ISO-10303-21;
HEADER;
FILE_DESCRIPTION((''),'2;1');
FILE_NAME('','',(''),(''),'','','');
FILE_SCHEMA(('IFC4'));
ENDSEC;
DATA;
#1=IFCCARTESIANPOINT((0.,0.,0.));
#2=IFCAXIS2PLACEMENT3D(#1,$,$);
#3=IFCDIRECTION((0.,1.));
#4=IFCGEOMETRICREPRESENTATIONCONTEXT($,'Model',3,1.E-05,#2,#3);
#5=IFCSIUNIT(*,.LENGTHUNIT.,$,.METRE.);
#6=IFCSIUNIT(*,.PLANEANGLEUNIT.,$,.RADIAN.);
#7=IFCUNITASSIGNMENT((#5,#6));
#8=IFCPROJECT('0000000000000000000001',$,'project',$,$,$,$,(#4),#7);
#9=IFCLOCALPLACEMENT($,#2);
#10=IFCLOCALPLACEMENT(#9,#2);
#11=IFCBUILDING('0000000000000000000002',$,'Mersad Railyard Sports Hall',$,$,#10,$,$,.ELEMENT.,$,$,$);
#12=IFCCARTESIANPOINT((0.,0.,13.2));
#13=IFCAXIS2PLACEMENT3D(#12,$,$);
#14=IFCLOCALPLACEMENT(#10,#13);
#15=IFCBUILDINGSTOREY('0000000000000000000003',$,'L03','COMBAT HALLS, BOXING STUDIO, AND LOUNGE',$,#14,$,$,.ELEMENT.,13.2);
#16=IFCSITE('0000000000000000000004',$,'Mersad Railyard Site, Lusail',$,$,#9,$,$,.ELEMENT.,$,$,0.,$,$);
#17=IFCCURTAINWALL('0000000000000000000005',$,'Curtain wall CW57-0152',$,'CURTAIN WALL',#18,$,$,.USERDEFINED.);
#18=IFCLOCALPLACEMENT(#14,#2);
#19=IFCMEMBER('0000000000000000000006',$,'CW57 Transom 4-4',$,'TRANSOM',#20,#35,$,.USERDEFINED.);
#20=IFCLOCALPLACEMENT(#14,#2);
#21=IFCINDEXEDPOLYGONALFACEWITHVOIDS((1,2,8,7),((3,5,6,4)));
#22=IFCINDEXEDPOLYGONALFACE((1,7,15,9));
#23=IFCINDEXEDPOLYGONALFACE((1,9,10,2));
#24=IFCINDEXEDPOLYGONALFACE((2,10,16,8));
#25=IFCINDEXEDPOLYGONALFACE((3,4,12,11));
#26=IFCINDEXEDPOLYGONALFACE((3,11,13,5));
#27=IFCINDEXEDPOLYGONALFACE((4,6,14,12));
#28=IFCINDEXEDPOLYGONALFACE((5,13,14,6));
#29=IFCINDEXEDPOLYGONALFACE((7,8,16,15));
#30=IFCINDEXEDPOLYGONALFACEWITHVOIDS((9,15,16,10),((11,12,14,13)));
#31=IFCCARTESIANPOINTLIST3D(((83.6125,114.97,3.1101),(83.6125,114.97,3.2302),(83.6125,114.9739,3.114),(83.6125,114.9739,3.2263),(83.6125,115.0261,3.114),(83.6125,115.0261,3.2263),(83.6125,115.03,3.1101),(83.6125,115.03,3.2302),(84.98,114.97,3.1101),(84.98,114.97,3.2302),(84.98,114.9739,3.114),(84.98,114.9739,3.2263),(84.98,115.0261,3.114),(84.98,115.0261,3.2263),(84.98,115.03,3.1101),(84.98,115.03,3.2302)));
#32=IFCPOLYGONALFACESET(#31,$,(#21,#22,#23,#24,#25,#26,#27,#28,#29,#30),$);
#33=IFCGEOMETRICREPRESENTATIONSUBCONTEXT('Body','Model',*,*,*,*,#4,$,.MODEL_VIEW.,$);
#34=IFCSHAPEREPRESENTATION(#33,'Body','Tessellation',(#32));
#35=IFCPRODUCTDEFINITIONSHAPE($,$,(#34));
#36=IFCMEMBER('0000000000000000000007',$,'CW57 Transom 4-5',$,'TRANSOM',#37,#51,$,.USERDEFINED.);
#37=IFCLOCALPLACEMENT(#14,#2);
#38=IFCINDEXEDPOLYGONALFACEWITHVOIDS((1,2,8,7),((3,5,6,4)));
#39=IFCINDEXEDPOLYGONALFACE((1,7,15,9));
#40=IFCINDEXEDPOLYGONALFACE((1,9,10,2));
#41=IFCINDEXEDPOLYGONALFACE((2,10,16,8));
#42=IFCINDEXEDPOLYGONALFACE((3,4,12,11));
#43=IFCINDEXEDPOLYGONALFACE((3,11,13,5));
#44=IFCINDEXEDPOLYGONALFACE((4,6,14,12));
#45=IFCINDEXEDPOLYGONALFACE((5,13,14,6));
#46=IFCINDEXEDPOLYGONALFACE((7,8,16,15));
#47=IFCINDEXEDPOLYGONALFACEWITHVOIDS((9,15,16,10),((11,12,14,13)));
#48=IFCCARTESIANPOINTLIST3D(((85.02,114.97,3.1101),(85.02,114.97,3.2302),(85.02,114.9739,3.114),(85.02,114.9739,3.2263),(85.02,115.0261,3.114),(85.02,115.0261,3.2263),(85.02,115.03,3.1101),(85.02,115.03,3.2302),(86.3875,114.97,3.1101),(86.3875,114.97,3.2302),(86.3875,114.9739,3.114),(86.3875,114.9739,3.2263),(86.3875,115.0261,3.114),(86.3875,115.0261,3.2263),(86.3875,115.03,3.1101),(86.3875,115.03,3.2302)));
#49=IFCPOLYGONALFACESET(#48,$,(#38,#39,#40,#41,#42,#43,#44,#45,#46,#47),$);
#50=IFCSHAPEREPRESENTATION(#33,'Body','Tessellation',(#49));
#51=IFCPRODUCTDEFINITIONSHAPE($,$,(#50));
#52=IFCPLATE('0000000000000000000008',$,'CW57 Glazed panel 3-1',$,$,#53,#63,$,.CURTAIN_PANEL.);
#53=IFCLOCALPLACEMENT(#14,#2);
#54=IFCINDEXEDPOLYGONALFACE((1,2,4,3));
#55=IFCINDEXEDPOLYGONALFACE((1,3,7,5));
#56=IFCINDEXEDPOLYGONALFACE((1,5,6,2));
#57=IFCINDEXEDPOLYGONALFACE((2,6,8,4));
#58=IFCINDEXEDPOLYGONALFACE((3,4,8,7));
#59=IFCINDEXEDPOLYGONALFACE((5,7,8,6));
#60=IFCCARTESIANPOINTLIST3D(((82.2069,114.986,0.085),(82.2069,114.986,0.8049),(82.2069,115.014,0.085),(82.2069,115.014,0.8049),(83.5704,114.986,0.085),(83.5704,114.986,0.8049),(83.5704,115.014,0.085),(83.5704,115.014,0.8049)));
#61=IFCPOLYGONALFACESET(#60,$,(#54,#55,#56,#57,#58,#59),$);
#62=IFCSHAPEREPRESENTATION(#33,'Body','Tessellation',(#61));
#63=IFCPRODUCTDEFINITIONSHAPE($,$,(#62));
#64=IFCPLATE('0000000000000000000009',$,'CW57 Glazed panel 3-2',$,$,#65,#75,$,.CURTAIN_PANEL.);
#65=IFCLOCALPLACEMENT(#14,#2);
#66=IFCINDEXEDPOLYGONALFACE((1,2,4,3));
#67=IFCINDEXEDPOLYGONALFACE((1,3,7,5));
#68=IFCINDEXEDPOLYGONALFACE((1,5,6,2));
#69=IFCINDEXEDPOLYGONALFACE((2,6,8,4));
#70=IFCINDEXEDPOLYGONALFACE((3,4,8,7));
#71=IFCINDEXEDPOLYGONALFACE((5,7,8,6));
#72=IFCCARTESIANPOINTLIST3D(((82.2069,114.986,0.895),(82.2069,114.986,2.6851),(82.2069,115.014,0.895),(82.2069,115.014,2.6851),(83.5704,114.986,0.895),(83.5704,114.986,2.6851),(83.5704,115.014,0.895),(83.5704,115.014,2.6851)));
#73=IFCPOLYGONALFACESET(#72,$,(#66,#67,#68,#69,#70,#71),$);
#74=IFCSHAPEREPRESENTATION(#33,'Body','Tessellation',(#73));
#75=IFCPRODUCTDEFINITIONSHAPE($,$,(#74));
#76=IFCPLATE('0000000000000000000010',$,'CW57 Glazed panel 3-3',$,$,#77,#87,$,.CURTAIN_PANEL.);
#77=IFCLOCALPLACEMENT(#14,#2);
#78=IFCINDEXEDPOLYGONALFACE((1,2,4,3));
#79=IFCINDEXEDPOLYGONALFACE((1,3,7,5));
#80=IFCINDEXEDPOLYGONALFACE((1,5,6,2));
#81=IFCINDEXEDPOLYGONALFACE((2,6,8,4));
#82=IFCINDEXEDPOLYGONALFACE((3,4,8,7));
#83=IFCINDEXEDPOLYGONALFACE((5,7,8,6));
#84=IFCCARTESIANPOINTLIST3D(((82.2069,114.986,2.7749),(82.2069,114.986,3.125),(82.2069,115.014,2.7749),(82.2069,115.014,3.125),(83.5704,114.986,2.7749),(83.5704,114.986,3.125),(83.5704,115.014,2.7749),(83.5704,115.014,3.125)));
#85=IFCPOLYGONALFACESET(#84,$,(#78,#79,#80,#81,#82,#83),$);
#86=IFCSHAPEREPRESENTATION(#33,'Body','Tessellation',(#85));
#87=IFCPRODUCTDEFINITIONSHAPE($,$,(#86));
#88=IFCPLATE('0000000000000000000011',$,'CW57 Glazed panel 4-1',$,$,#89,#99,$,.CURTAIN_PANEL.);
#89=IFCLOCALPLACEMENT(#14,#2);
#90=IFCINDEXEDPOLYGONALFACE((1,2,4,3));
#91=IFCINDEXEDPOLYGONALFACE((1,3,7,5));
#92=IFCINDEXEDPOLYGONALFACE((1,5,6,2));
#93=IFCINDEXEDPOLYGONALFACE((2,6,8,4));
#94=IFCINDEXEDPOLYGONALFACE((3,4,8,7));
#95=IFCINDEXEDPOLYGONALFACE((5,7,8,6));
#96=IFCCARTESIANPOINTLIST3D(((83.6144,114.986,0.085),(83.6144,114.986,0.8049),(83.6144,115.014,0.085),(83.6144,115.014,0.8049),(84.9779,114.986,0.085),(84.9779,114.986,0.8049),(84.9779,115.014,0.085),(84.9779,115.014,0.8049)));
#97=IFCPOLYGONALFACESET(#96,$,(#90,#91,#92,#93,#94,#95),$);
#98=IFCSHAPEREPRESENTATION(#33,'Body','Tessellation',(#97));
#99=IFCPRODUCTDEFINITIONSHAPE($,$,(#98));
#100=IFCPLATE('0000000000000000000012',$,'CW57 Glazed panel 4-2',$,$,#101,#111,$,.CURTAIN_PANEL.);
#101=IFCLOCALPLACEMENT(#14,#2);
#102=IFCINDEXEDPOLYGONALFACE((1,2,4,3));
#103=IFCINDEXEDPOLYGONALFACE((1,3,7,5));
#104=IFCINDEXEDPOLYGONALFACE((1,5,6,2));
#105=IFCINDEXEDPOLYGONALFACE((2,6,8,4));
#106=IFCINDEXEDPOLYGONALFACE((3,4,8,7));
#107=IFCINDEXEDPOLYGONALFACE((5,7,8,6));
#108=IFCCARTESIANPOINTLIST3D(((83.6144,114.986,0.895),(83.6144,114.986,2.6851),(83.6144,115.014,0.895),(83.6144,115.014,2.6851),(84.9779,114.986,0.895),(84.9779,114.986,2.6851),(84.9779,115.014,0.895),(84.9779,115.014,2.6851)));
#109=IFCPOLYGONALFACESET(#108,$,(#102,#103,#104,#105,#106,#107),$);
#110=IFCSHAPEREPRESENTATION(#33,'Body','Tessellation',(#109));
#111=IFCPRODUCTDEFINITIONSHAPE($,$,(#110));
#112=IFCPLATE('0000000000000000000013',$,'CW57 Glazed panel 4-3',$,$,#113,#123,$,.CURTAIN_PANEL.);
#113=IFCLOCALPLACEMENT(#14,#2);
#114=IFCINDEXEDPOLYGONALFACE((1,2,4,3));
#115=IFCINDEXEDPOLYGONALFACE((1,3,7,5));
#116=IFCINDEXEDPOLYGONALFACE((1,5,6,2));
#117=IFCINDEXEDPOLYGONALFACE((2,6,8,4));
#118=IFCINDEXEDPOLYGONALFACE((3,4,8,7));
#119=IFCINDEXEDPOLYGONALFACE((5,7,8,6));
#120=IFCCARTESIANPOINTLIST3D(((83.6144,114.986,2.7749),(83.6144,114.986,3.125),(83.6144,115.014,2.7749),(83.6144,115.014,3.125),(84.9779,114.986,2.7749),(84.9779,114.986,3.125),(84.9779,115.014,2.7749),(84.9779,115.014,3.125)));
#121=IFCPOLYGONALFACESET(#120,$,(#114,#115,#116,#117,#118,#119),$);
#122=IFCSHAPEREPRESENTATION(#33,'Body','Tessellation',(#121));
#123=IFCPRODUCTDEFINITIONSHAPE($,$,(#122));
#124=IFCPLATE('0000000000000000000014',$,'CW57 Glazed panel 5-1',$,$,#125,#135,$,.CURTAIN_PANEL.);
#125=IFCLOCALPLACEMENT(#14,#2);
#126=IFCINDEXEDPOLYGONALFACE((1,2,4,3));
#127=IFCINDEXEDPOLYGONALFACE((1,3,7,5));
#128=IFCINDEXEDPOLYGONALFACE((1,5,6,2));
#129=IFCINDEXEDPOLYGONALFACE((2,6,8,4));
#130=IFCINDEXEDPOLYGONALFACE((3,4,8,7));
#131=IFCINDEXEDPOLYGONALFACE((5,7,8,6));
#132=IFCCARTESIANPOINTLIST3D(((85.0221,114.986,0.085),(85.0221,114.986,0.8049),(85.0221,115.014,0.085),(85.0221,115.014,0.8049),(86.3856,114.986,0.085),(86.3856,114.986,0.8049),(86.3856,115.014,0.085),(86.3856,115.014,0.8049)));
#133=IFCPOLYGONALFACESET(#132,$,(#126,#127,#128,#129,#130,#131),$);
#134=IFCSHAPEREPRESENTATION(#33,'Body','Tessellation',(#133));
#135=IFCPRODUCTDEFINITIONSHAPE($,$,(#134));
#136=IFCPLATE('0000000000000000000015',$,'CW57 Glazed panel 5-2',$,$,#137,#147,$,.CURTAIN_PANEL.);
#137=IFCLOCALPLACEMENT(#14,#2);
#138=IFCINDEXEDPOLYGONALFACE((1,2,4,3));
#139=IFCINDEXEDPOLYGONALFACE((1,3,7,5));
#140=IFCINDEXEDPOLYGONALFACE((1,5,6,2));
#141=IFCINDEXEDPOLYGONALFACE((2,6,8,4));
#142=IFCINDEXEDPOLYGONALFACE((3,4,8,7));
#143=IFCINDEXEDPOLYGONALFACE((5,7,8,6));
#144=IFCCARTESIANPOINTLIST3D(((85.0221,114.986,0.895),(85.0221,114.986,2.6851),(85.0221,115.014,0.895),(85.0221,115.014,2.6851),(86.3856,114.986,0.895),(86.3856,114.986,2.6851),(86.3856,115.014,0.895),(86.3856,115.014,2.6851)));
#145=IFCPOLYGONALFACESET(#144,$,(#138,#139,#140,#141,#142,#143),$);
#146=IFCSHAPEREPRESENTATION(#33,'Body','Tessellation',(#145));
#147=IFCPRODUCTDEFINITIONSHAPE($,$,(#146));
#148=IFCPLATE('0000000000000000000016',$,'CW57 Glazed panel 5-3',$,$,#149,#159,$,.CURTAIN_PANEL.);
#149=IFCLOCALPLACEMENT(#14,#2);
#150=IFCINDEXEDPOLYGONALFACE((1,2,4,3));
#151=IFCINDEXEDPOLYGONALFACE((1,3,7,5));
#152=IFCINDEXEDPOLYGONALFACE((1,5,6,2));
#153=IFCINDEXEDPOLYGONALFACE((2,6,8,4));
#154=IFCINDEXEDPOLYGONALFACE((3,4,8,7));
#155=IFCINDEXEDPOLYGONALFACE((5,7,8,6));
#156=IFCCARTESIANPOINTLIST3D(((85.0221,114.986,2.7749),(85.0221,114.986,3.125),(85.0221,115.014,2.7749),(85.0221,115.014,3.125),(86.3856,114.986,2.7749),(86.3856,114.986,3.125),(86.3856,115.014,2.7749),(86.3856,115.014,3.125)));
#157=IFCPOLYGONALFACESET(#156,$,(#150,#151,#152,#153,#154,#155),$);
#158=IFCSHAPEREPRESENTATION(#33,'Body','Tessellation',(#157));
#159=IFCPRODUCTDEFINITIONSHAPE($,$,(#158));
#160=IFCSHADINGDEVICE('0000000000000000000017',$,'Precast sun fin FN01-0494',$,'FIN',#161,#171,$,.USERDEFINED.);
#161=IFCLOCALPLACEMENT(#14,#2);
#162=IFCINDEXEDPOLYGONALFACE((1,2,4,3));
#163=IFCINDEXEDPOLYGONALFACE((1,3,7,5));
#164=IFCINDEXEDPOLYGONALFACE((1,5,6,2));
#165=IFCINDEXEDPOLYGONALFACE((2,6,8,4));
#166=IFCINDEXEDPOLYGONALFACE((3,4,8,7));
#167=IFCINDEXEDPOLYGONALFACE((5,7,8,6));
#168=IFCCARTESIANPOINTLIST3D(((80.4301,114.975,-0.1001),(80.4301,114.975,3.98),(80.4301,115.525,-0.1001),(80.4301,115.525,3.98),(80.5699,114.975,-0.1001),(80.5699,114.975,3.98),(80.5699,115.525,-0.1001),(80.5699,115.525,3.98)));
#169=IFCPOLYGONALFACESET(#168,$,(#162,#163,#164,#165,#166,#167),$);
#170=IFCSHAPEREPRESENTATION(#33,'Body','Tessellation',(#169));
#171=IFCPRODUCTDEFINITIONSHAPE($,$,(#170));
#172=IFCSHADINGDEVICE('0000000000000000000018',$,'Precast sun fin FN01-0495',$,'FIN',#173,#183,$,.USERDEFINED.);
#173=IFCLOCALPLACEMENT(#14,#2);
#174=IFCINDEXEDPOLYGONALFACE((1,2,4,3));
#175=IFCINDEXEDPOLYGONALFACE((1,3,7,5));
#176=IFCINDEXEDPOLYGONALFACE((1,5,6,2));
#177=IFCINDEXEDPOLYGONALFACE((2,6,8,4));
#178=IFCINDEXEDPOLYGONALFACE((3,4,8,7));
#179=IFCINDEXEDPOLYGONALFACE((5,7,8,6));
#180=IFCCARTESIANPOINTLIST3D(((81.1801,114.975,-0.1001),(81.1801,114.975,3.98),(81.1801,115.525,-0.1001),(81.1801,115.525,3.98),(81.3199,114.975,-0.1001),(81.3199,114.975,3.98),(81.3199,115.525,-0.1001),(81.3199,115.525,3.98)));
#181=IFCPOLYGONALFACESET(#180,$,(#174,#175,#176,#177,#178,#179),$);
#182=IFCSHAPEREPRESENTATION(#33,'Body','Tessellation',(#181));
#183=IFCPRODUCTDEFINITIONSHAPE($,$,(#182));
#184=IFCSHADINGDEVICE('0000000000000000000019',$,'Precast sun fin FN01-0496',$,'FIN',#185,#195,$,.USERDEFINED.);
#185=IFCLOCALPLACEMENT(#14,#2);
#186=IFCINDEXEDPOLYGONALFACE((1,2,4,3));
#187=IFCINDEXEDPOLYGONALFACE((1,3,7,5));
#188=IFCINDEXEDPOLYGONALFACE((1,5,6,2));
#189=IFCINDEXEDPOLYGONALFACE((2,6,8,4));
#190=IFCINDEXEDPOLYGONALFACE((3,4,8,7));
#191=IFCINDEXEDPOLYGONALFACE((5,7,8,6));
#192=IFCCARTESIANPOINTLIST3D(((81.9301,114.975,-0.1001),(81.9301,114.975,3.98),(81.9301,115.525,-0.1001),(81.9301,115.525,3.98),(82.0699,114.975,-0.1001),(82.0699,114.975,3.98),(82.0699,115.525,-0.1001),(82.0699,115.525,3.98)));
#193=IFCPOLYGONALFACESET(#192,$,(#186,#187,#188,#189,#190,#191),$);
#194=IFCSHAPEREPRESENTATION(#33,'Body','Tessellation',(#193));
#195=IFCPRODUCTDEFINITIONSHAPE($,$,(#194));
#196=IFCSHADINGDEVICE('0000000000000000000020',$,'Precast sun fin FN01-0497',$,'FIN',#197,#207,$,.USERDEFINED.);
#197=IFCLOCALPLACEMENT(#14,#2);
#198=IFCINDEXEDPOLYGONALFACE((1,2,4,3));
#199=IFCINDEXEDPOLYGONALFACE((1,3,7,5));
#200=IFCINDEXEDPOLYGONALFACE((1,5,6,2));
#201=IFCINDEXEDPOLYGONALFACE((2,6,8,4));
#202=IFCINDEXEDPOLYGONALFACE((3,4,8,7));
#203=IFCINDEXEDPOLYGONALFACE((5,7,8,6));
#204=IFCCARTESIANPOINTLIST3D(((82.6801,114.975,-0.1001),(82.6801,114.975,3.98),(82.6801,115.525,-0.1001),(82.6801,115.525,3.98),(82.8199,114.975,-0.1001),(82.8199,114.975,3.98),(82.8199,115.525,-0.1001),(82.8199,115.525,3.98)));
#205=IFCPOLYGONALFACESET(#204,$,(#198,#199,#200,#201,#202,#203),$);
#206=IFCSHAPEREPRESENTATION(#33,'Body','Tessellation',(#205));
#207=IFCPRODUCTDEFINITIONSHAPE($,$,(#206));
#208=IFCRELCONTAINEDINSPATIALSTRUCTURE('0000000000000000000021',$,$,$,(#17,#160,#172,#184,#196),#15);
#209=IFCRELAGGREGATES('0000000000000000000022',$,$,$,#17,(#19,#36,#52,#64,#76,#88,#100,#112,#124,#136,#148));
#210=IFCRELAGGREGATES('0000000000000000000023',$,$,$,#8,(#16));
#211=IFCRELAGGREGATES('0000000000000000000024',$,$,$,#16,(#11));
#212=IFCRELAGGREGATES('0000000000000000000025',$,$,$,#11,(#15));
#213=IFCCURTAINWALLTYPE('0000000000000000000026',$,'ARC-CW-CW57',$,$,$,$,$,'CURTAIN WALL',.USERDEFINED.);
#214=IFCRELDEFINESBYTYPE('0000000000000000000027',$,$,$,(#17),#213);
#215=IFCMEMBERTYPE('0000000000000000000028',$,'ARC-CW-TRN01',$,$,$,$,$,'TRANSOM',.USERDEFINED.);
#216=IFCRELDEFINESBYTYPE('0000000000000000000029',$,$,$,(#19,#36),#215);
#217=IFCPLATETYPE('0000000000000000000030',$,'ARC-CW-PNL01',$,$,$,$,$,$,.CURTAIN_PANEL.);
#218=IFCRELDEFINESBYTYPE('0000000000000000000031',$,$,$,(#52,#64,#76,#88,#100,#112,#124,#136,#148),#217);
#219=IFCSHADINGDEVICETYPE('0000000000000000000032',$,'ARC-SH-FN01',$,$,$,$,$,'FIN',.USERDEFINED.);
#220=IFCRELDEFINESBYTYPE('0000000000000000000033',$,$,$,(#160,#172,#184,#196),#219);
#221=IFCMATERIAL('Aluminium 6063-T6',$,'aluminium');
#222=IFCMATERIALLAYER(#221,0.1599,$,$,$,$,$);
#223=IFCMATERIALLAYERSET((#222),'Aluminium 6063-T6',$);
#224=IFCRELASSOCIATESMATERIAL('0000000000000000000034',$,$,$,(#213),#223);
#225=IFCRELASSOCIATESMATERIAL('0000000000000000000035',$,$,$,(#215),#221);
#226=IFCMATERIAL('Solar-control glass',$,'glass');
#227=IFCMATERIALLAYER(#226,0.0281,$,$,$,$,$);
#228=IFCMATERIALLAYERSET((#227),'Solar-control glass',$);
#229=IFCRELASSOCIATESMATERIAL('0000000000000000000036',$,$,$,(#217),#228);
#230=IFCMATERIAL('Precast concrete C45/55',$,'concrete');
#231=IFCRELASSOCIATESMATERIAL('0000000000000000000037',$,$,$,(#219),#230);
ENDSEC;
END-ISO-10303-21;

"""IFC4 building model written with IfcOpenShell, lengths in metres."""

from ifc_helpers import new_model, si_unit, direction, frame, origin, origin_2d, place, context, subcontext, project, spatial, rectangle, hollow_rectangle, extrude, material, layer, layer_set, material_profile, profile_set, type_object, element, aggregate, save


model = new_model("IFC4")

# Units and contexts
model_context = context("Model", 3, precision=1e-05, world=origin(), true_north=direction((0.0, 1.0)))
body_context = subcontext(model_context, "Body", "Model", "MODEL_VIEW")
ifc_project = project(units=[si_unit("LENGTHUNIT", "METRE"), si_unit("PLANEANGLEUNIT", "RADIAN")], contexts=[model_context])

# Site, building, storey
site_placement = place(None, origin())
site = spatial("IfcSite", under=ifc_project, at=site_placement, Name="Mersad Railyard Site, Lusail", CompositionType="ELEMENT", RefElevation=0.0)
building_placement = place(site_placement, origin())
building = spatial("IfcBuilding", under=site, at=building_placement, Name="Mersad Railyard Sports Hall", CompositionType="ELEMENT")
storey_placement = place(building_placement, frame((0.0, 0.0, 13.2)))
storey = spatial("IfcBuildingStorey", under=building, at=storey_placement, Name="L03", Description="COMBAT HALLS, BOXING STUDIO, AND LOUNGE", CompositionType="ELEMENT", Elevation=13.2)

# Curtain wall, members, plates
ifc_material_1 = material(Name="Aluminium 6063-T6", Category="aluminium")
ifc_layer_1 = layer(ifc_material_1, 0.1599)
ifc_layer_set_1 = layer_set([ifc_layer_1], Name="Aluminium 6063-T6")
curtain_wall_type = type_object("IfcCurtainWallType", Name="ARC-CW-CW57", ElementType="CURTAIN WALL", PredefinedType="USERDEFINED", material=ifc_layer_set_1)
curtain_wall_placement = place(storey_placement, origin())
curtain_wall = element("IfcCurtainWall", 1, at=curtain_wall_placement, inside=storey, type_object=curtain_wall_type, Name="Curtain wall CW57-0152", ObjectType="CURTAIN WALL", PredefinedType="USERDEFINED")
ifc_material_profile_1 = material_profile(ifc_material_1, hollow_rectangle(XDim=0.0601, YDim=0.1201, WallThickness=0.0039, at=origin_2d()), Name="AL TRANSOM 60x120x4")
ifc_profile_set_1 = profile_set([ifc_material_profile_1], Name="Aluminium 6063-T6")
member_type_1 = type_object("IfcMemberType", Name="ARC-CW-TRN01", ElementType="TRANSOM", PredefinedType="USERDEFINED", material=ifc_profile_set_1)
member_1_placement = place(storey_placement, frame((83.6125, 115.0, 3.1702), z_axis=(1.0, 0.0, 0.0), x_axis=(0.0, 1.0, 0.0)))
member_1 = element("IfcMember", 2, at=member_1_placement, type_object=member_type_1, Name="CW57 Transom 4-4", ObjectType="TRANSOM", PredefinedType="USERDEFINED", context=body_context, shape_type="SweptSolid", body=[
    extrude(hollow_rectangle(XDim=0.0601, YDim=0.1201, WallThickness=0.0039, at=origin_2d()), origin(), (0.0, 0.0, 1.0), 1.3674),
])
member_2_placement = place(storey_placement, frame((85.02, 115.0, 3.1702), z_axis=(1.0, 0.0, 0.0), x_axis=(0.0, 1.0, 0.0)))
member_2 = element("IfcMember", 3, at=member_2_placement, type_object=member_type_1, Name="CW57 Transom 4-5", ObjectType="TRANSOM", PredefinedType="USERDEFINED", context=body_context, shape_type="SweptSolid", body=[
    extrude(hollow_rectangle(XDim=0.0601, YDim=0.1201, WallThickness=0.0039, at=origin_2d()), origin(), (0.0, 0.0, 1.0), 1.3674),
])
ifc_material_2 = material(Name="Solar-control glass", Category="glass")
ifc_layer_2 = layer(ifc_material_2, 0.0281)
ifc_layer_set_2 = layer_set([ifc_layer_2], Name="Solar-control glass")
plate_type = type_object("IfcPlateType", Name="ARC-CW-PNL01", PredefinedType="CURTAIN_PANEL", material=ifc_layer_set_2)
plate_1_placement = place(storey_placement, frame((82.8887, 115.0, 0.085), z_axis=(0.0, 0.0, 1.0), x_axis=(1.0, 0.0, 0.0)))
plate_1 = element("IfcPlate", 4, at=plate_1_placement, type_object=plate_type, Name="CW57 Glazed panel 3-1", PredefinedType="CURTAIN_PANEL", context=body_context, shape_type="SweptSolid", body=[
    extrude(rectangle(XDim=1.3635, YDim=0.0281, at=origin_2d()), origin(), (0.0, 0.0, 1.0), 0.72),
])
plate_2_placement = place(storey_placement, frame((82.8887, 115.0, 0.895), z_axis=(0.0, 0.0, 1.0), x_axis=(1.0, 0.0, 0.0)))
plate_2 = element("IfcPlate", 5, at=plate_2_placement, type_object=plate_type, Name="CW57 Glazed panel 3-2", PredefinedType="CURTAIN_PANEL", context=body_context, shape_type="SweptSolid", body=[
    extrude(rectangle(XDim=1.3635, YDim=0.0281, at=origin_2d()), origin(), (0.0, 0.0, 1.0), 1.79),
])
plate_3_placement = place(storey_placement, frame((82.8887, 115.0, 2.7749), z_axis=(0.0, 0.0, 1.0), x_axis=(1.0, 0.0, 0.0)))
plate_3 = element("IfcPlate", 6, at=plate_3_placement, type_object=plate_type, Name="CW57 Glazed panel 3-3", PredefinedType="CURTAIN_PANEL", context=body_context, shape_type="SweptSolid", body=[
    extrude(rectangle(XDim=1.3635, YDim=0.0281, at=origin_2d()), origin(), (0.0, 0.0, 1.0), 0.3501),
])
plate_4_placement = place(storey_placement, frame((84.2961, 115.0, 0.085), z_axis=(0.0, 0.0, 1.0), x_axis=(1.0, 0.0, 0.0)))
plate_4 = element("IfcPlate", 7, at=plate_4_placement, type_object=plate_type, Name="CW57 Glazed panel 4-1", PredefinedType="CURTAIN_PANEL", context=body_context, shape_type="SweptSolid", body=[
    extrude(rectangle(XDim=1.3635, YDim=0.0281, at=origin_2d()), origin(), (0.0, 0.0, 1.0), 0.72),
])
plate_5_placement = place(storey_placement, frame((84.2961, 115.0, 0.895), z_axis=(0.0, 0.0, 1.0), x_axis=(1.0, 0.0, 0.0)))
plate_5 = element("IfcPlate", 8, at=plate_5_placement, type_object=plate_type, Name="CW57 Glazed panel 4-2", PredefinedType="CURTAIN_PANEL", context=body_context, shape_type="SweptSolid", body=[
    extrude(rectangle(XDim=1.3635, YDim=0.0281, at=origin_2d()), origin(), (0.0, 0.0, 1.0), 1.79),
])
plate_6_placement = place(storey_placement, frame((84.2961, 115.0, 2.7749), z_axis=(0.0, 0.0, 1.0), x_axis=(1.0, 0.0, 0.0)))
plate_6 = element("IfcPlate", 9, at=plate_6_placement, type_object=plate_type, Name="CW57 Glazed panel 4-3", PredefinedType="CURTAIN_PANEL", context=body_context, shape_type="SweptSolid", body=[
    extrude(rectangle(XDim=1.3635, YDim=0.0281, at=origin_2d()), origin(), (0.0, 0.0, 1.0), 0.3501),
])
plate_7_placement = place(storey_placement, frame((85.7039, 115.0, 0.085), z_axis=(0.0, 0.0, 1.0), x_axis=(1.0, 0.0, 0.0)))
plate_7 = element("IfcPlate", 10, at=plate_7_placement, type_object=plate_type, Name="CW57 Glazed panel 5-1", PredefinedType="CURTAIN_PANEL", context=body_context, shape_type="SweptSolid", body=[
    extrude(rectangle(XDim=1.3635, YDim=0.0281, at=origin_2d()), origin(), (0.0, 0.0, 1.0), 0.72),
])
plate_8_placement = place(storey_placement, frame((85.7039, 115.0, 0.895), z_axis=(0.0, 0.0, 1.0), x_axis=(1.0, 0.0, 0.0)))
plate_8 = element("IfcPlate", 11, at=plate_8_placement, type_object=plate_type, Name="CW57 Glazed panel 5-2", PredefinedType="CURTAIN_PANEL", context=body_context, shape_type="SweptSolid", body=[
    extrude(rectangle(XDim=1.3635, YDim=0.0281, at=origin_2d()), origin(), (0.0, 0.0, 1.0), 1.79),
])
plate_9_placement = place(storey_placement, frame((85.7039, 115.0, 2.7749), z_axis=(0.0, 0.0, 1.0), x_axis=(1.0, 0.0, 0.0)))
plate_9 = element("IfcPlate", 12, at=plate_9_placement, type_object=plate_type, Name="CW57 Glazed panel 5-3", PredefinedType="CURTAIN_PANEL", context=body_context, shape_type="SweptSolid", body=[
    extrude(rectangle(XDim=1.3635, YDim=0.0281, at=origin_2d()), origin(), (0.0, 0.0, 1.0), 0.3501),
])
aggregate(curtain_wall, [member_1, member_2, plate_1, plate_2, plate_3, plate_4, plate_5, plate_6, plate_7, plate_8, plate_9])

# Shading devices
ifc_material_3 = material(Name="Precast concrete C45/55", Category="concrete")
shading_device_type = type_object("IfcShadingDeviceType", Name="ARC-SH-FN01", ElementType="FIN", PredefinedType="USERDEFINED", material=ifc_material_3)
for number, where, z_axis, x_axis, name in (
    (13, (80.5, 115.25, -0.1001), (0.0, 0.0, 1.0), (1.0, 0.0, 0.0), "Precast sun fin FN01-0494"),
    (14, (81.25, 115.25, -0.1001), (0.0, 0.0, 1.0), (1.0, 0.0, 0.0), "Precast sun fin FN01-0495"),
    (15, (82.0, 115.25, -0.1001), (0.0, 0.0, 1.0), (1.0, 0.0, 0.0), "Precast sun fin FN01-0496"),
    (16, (82.75, 115.25, -0.1001), (0.0, 0.0, 1.0), (1.0, 0.0, 0.0), "Precast sun fin FN01-0497"),
):
    element("IfcShadingDevice", number, at=place(storey_placement, frame(where, z_axis=z_axis, x_axis=x_axis)), inside=storey, type_object=shading_device_type, Name=name, ObjectType="FIN", PredefinedType="USERDEFINED", context=body_context, shape_type="SweptSolid", body=[
        extrude(rectangle(XDim=0.1399, YDim=0.55, at=origin_2d()), origin(), (0.0, 0.0, 1.0), 4.0801),
    ])

save(model, "model.ifc")
